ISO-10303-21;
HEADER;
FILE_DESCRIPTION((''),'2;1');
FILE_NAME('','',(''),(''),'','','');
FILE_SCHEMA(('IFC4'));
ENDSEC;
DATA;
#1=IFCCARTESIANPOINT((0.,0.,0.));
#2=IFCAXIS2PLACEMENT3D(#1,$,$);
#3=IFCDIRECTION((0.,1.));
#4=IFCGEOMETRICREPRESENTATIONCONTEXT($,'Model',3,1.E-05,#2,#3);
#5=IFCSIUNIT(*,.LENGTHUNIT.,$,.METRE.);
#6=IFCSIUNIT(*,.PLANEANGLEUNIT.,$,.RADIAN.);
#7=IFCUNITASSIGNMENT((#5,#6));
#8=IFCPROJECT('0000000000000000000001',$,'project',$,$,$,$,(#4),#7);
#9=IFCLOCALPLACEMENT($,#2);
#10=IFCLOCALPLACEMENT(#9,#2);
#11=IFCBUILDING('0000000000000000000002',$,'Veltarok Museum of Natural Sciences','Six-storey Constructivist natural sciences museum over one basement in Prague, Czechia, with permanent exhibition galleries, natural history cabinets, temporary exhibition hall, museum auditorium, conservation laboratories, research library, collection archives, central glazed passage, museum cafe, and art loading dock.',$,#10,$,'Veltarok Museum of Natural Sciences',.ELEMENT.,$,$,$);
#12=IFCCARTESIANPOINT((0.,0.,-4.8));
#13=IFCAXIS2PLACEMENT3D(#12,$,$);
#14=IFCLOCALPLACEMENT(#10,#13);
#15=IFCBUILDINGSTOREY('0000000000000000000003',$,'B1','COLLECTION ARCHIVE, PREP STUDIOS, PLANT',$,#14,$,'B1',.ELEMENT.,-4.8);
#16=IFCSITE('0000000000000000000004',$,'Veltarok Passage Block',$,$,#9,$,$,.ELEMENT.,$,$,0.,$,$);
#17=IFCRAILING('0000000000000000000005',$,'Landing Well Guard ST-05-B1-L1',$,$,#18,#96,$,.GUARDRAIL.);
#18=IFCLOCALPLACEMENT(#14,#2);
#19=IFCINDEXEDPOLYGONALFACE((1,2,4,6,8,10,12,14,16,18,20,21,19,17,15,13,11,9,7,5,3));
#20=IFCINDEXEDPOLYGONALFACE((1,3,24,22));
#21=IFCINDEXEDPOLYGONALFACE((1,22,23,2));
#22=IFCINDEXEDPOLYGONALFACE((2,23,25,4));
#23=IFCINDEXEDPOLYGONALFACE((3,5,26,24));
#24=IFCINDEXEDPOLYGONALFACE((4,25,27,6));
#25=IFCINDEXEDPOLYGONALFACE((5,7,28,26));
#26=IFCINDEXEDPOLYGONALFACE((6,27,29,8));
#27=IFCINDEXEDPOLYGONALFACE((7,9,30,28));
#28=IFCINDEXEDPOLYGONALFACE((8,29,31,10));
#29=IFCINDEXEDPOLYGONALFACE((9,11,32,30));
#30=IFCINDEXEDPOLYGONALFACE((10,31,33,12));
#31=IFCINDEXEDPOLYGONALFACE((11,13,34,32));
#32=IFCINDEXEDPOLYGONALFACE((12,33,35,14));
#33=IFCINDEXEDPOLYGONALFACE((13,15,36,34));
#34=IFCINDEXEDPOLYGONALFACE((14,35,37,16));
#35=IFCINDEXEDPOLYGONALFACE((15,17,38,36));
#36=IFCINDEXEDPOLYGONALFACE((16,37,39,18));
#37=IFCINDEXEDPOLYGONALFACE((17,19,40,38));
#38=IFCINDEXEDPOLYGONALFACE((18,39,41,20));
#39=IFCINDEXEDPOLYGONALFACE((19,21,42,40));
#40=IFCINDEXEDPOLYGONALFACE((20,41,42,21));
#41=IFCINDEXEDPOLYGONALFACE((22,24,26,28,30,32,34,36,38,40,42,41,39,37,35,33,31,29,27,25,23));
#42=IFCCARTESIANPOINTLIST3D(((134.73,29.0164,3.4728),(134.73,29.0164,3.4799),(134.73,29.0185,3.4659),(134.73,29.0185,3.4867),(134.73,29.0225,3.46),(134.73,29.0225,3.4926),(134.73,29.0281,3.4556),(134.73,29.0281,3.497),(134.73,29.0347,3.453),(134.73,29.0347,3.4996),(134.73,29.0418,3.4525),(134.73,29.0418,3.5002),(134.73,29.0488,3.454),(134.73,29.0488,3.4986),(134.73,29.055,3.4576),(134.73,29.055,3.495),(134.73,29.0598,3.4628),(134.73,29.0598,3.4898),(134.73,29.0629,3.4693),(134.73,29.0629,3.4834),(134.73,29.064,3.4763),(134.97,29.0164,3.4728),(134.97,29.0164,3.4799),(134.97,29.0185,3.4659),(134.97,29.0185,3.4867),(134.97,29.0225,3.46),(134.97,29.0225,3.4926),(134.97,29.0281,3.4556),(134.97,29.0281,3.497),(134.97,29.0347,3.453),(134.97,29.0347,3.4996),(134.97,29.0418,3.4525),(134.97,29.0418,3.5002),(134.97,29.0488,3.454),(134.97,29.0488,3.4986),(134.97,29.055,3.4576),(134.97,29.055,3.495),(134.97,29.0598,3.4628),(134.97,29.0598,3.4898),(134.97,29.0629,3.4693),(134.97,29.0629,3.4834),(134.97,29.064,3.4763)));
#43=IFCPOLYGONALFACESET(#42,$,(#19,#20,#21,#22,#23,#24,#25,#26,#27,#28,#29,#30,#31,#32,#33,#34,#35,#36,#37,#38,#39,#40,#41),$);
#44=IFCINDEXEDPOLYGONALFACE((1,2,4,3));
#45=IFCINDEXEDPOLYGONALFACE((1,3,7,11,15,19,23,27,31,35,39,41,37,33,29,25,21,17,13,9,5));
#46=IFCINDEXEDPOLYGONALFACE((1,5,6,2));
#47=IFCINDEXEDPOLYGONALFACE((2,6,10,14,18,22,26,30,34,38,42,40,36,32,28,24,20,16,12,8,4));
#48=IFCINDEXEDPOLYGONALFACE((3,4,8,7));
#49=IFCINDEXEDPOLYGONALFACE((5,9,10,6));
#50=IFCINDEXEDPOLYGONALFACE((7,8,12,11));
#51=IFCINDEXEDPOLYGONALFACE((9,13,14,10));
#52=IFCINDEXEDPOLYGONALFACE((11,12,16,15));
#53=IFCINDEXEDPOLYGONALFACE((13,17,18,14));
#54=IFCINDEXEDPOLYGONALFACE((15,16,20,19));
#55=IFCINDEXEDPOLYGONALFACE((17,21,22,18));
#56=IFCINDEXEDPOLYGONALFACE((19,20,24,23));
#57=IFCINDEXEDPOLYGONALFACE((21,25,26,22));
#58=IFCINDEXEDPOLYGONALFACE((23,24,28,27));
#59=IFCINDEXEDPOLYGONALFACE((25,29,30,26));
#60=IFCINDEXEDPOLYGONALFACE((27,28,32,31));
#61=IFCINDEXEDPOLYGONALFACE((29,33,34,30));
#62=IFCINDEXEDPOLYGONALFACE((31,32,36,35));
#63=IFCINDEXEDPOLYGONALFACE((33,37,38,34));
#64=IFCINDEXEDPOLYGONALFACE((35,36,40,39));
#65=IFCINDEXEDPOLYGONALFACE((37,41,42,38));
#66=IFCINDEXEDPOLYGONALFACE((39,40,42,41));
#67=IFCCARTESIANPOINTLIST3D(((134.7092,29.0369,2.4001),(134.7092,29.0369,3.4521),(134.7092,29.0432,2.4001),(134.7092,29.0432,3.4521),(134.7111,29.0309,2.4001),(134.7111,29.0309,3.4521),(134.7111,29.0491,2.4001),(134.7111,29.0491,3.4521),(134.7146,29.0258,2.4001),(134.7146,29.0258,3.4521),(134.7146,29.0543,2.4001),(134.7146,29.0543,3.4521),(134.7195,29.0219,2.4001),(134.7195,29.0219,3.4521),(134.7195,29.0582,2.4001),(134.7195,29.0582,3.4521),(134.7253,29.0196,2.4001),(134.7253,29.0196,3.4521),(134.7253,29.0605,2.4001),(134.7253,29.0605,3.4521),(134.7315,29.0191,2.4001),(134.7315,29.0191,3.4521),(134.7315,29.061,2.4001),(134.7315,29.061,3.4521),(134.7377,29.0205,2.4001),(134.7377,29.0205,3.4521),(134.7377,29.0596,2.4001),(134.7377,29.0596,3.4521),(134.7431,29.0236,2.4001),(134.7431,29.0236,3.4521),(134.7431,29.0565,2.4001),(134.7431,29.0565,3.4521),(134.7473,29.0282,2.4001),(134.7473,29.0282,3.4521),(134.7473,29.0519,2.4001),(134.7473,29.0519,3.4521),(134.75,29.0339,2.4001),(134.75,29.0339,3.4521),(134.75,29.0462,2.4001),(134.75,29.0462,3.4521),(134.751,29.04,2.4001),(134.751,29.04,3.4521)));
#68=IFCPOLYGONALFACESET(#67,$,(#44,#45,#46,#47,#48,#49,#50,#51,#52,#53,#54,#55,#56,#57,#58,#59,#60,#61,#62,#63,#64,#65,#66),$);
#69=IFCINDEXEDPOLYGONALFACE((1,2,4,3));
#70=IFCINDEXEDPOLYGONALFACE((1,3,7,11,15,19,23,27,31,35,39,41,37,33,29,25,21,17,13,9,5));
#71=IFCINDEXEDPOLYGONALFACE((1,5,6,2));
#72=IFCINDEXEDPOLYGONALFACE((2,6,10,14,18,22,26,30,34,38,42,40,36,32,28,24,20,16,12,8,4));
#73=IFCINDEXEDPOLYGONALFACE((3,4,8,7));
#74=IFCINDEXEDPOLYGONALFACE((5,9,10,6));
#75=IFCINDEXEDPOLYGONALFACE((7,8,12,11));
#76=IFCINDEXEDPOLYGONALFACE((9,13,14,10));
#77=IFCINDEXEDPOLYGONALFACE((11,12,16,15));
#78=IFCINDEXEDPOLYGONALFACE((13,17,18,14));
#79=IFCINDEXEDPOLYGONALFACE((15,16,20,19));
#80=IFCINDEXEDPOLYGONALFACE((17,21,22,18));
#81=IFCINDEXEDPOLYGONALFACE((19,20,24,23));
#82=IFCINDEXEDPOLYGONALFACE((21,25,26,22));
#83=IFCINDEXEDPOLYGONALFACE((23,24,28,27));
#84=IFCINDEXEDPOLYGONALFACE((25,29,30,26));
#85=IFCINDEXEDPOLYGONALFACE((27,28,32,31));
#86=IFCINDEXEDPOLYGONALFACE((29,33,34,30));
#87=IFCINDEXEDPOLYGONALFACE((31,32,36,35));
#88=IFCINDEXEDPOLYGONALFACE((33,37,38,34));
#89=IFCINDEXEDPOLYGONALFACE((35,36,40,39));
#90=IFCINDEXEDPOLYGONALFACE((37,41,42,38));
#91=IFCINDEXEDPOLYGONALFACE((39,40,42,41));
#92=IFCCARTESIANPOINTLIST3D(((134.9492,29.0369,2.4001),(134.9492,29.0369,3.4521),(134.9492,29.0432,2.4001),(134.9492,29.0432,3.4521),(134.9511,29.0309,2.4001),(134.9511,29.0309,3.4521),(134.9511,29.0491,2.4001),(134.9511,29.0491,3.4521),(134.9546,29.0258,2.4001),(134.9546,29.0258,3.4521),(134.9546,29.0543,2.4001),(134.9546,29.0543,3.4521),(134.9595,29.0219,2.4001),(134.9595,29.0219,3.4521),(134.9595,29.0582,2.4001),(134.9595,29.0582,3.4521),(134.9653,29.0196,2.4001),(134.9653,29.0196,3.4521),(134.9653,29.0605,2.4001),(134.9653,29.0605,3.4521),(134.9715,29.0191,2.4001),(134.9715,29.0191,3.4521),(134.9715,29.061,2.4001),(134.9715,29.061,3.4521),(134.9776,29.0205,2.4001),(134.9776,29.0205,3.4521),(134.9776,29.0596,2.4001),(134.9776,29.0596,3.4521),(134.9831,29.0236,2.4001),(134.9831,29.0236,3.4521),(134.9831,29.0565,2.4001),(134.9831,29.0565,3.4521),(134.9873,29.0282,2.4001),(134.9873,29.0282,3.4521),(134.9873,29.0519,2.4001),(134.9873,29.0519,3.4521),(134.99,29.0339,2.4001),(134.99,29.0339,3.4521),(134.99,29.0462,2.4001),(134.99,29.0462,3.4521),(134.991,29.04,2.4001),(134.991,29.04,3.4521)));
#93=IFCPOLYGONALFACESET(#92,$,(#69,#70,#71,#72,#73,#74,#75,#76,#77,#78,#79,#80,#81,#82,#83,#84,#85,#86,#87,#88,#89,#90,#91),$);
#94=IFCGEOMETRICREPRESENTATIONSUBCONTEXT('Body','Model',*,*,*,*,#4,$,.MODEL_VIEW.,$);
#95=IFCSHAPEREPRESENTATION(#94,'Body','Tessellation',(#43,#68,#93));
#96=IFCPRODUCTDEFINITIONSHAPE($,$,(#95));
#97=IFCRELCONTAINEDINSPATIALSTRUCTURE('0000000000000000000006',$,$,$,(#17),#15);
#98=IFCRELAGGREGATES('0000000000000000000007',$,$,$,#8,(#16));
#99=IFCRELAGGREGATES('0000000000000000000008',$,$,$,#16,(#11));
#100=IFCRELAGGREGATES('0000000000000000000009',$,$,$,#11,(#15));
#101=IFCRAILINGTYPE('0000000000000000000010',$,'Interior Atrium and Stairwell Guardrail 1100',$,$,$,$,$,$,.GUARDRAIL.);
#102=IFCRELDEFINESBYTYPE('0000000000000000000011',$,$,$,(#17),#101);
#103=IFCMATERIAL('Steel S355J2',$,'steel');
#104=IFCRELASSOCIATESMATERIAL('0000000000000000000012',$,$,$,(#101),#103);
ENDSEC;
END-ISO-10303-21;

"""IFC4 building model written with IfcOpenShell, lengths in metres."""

from ifc_helpers import new_model, si_unit, direction, frame, origin, origin_2d, place, context, subcontext, project, spatial, circle, extrude, material, type_object, element, save


model = new_model("IFC4")

# Units and contexts
model_context = context("Model", 3, precision=1e-05, world=origin(), true_north=direction((0.0, 1.0)))
body_context = subcontext(model_context, "Body", "Model", "MODEL_VIEW")
ifc_project = project(units=[si_unit("LENGTHUNIT", "METRE"), si_unit("PLANEANGLEUNIT", "RADIAN")], contexts=[model_context])

# Site, building, storey
site_placement = place(None, origin())
site = spatial("IfcSite", under=ifc_project, at=site_placement, Name="Veltarok Passage Block", CompositionType="ELEMENT", RefElevation=0.0)
building_placement = place(site_placement, origin())
building = spatial("IfcBuilding", under=site, at=building_placement, Name="Veltarok Museum of Natural Sciences", Description="Six-storey Constructivist natural sciences museum over one basement in Prague, Czechia, with permanent exhibition galleries, natural history cabinets, temporary exhibition hall, museum auditorium, conservation laboratories, research library, collection archives, central glazed passage, museum cafe, and art loading dock.", LongName="Veltarok Museum of Natural Sciences", CompositionType="ELEMENT")
storey_placement = place(building_placement, frame((0.0, 0.0, -4.8)))
storey = spatial("IfcBuildingStorey", under=building, at=storey_placement, Name="B1", Description="COLLECTION ARCHIVE, PREP STUDIOS, PLANT", LongName="B1", CompositionType="ELEMENT", Elevation=-4.8)

# Shared definitions
ifc_material_1 = material(Name="Steel S355J2", Category="steel")

# Railing
railing_type_1 = type_object("IfcRailingType", Name="Interior Atrium and Stairwell Guardrail 1100", PredefinedType="GUARDRAIL", material=ifc_material_1)
railing_placement = place(storey_placement, frame((134.73, 29.04, 2.4001)))
element("IfcRailing", 1, at=railing_placement, inside=storey, type_object=railing_type_1, Name="Landing Well Guard ST-05-B1-L1", PredefinedType="GUARDRAIL", context=body_context, shape_type="SweptSolid", body=[
    extrude(circle(Radius=0.0239, at=origin_2d()), frame((0.0, 0.0, 1.0762), z_axis=(1.0, 0.0, 0.0), x_axis=(0.0, 1.0, 0.0)), (0.0, 0.0, 1.0), 0.24),
    extrude(circle(Radius=0.021, at=origin_2d()), origin(), (0.0, 0.0, 1.0), 1.052),
    extrude(circle(Radius=0.021, at=origin_2d()), frame((0.24, 0.0, 0.0)), (0.0, 0.0, 1.0), 1.052),
])

save(model, "model.ifc")
